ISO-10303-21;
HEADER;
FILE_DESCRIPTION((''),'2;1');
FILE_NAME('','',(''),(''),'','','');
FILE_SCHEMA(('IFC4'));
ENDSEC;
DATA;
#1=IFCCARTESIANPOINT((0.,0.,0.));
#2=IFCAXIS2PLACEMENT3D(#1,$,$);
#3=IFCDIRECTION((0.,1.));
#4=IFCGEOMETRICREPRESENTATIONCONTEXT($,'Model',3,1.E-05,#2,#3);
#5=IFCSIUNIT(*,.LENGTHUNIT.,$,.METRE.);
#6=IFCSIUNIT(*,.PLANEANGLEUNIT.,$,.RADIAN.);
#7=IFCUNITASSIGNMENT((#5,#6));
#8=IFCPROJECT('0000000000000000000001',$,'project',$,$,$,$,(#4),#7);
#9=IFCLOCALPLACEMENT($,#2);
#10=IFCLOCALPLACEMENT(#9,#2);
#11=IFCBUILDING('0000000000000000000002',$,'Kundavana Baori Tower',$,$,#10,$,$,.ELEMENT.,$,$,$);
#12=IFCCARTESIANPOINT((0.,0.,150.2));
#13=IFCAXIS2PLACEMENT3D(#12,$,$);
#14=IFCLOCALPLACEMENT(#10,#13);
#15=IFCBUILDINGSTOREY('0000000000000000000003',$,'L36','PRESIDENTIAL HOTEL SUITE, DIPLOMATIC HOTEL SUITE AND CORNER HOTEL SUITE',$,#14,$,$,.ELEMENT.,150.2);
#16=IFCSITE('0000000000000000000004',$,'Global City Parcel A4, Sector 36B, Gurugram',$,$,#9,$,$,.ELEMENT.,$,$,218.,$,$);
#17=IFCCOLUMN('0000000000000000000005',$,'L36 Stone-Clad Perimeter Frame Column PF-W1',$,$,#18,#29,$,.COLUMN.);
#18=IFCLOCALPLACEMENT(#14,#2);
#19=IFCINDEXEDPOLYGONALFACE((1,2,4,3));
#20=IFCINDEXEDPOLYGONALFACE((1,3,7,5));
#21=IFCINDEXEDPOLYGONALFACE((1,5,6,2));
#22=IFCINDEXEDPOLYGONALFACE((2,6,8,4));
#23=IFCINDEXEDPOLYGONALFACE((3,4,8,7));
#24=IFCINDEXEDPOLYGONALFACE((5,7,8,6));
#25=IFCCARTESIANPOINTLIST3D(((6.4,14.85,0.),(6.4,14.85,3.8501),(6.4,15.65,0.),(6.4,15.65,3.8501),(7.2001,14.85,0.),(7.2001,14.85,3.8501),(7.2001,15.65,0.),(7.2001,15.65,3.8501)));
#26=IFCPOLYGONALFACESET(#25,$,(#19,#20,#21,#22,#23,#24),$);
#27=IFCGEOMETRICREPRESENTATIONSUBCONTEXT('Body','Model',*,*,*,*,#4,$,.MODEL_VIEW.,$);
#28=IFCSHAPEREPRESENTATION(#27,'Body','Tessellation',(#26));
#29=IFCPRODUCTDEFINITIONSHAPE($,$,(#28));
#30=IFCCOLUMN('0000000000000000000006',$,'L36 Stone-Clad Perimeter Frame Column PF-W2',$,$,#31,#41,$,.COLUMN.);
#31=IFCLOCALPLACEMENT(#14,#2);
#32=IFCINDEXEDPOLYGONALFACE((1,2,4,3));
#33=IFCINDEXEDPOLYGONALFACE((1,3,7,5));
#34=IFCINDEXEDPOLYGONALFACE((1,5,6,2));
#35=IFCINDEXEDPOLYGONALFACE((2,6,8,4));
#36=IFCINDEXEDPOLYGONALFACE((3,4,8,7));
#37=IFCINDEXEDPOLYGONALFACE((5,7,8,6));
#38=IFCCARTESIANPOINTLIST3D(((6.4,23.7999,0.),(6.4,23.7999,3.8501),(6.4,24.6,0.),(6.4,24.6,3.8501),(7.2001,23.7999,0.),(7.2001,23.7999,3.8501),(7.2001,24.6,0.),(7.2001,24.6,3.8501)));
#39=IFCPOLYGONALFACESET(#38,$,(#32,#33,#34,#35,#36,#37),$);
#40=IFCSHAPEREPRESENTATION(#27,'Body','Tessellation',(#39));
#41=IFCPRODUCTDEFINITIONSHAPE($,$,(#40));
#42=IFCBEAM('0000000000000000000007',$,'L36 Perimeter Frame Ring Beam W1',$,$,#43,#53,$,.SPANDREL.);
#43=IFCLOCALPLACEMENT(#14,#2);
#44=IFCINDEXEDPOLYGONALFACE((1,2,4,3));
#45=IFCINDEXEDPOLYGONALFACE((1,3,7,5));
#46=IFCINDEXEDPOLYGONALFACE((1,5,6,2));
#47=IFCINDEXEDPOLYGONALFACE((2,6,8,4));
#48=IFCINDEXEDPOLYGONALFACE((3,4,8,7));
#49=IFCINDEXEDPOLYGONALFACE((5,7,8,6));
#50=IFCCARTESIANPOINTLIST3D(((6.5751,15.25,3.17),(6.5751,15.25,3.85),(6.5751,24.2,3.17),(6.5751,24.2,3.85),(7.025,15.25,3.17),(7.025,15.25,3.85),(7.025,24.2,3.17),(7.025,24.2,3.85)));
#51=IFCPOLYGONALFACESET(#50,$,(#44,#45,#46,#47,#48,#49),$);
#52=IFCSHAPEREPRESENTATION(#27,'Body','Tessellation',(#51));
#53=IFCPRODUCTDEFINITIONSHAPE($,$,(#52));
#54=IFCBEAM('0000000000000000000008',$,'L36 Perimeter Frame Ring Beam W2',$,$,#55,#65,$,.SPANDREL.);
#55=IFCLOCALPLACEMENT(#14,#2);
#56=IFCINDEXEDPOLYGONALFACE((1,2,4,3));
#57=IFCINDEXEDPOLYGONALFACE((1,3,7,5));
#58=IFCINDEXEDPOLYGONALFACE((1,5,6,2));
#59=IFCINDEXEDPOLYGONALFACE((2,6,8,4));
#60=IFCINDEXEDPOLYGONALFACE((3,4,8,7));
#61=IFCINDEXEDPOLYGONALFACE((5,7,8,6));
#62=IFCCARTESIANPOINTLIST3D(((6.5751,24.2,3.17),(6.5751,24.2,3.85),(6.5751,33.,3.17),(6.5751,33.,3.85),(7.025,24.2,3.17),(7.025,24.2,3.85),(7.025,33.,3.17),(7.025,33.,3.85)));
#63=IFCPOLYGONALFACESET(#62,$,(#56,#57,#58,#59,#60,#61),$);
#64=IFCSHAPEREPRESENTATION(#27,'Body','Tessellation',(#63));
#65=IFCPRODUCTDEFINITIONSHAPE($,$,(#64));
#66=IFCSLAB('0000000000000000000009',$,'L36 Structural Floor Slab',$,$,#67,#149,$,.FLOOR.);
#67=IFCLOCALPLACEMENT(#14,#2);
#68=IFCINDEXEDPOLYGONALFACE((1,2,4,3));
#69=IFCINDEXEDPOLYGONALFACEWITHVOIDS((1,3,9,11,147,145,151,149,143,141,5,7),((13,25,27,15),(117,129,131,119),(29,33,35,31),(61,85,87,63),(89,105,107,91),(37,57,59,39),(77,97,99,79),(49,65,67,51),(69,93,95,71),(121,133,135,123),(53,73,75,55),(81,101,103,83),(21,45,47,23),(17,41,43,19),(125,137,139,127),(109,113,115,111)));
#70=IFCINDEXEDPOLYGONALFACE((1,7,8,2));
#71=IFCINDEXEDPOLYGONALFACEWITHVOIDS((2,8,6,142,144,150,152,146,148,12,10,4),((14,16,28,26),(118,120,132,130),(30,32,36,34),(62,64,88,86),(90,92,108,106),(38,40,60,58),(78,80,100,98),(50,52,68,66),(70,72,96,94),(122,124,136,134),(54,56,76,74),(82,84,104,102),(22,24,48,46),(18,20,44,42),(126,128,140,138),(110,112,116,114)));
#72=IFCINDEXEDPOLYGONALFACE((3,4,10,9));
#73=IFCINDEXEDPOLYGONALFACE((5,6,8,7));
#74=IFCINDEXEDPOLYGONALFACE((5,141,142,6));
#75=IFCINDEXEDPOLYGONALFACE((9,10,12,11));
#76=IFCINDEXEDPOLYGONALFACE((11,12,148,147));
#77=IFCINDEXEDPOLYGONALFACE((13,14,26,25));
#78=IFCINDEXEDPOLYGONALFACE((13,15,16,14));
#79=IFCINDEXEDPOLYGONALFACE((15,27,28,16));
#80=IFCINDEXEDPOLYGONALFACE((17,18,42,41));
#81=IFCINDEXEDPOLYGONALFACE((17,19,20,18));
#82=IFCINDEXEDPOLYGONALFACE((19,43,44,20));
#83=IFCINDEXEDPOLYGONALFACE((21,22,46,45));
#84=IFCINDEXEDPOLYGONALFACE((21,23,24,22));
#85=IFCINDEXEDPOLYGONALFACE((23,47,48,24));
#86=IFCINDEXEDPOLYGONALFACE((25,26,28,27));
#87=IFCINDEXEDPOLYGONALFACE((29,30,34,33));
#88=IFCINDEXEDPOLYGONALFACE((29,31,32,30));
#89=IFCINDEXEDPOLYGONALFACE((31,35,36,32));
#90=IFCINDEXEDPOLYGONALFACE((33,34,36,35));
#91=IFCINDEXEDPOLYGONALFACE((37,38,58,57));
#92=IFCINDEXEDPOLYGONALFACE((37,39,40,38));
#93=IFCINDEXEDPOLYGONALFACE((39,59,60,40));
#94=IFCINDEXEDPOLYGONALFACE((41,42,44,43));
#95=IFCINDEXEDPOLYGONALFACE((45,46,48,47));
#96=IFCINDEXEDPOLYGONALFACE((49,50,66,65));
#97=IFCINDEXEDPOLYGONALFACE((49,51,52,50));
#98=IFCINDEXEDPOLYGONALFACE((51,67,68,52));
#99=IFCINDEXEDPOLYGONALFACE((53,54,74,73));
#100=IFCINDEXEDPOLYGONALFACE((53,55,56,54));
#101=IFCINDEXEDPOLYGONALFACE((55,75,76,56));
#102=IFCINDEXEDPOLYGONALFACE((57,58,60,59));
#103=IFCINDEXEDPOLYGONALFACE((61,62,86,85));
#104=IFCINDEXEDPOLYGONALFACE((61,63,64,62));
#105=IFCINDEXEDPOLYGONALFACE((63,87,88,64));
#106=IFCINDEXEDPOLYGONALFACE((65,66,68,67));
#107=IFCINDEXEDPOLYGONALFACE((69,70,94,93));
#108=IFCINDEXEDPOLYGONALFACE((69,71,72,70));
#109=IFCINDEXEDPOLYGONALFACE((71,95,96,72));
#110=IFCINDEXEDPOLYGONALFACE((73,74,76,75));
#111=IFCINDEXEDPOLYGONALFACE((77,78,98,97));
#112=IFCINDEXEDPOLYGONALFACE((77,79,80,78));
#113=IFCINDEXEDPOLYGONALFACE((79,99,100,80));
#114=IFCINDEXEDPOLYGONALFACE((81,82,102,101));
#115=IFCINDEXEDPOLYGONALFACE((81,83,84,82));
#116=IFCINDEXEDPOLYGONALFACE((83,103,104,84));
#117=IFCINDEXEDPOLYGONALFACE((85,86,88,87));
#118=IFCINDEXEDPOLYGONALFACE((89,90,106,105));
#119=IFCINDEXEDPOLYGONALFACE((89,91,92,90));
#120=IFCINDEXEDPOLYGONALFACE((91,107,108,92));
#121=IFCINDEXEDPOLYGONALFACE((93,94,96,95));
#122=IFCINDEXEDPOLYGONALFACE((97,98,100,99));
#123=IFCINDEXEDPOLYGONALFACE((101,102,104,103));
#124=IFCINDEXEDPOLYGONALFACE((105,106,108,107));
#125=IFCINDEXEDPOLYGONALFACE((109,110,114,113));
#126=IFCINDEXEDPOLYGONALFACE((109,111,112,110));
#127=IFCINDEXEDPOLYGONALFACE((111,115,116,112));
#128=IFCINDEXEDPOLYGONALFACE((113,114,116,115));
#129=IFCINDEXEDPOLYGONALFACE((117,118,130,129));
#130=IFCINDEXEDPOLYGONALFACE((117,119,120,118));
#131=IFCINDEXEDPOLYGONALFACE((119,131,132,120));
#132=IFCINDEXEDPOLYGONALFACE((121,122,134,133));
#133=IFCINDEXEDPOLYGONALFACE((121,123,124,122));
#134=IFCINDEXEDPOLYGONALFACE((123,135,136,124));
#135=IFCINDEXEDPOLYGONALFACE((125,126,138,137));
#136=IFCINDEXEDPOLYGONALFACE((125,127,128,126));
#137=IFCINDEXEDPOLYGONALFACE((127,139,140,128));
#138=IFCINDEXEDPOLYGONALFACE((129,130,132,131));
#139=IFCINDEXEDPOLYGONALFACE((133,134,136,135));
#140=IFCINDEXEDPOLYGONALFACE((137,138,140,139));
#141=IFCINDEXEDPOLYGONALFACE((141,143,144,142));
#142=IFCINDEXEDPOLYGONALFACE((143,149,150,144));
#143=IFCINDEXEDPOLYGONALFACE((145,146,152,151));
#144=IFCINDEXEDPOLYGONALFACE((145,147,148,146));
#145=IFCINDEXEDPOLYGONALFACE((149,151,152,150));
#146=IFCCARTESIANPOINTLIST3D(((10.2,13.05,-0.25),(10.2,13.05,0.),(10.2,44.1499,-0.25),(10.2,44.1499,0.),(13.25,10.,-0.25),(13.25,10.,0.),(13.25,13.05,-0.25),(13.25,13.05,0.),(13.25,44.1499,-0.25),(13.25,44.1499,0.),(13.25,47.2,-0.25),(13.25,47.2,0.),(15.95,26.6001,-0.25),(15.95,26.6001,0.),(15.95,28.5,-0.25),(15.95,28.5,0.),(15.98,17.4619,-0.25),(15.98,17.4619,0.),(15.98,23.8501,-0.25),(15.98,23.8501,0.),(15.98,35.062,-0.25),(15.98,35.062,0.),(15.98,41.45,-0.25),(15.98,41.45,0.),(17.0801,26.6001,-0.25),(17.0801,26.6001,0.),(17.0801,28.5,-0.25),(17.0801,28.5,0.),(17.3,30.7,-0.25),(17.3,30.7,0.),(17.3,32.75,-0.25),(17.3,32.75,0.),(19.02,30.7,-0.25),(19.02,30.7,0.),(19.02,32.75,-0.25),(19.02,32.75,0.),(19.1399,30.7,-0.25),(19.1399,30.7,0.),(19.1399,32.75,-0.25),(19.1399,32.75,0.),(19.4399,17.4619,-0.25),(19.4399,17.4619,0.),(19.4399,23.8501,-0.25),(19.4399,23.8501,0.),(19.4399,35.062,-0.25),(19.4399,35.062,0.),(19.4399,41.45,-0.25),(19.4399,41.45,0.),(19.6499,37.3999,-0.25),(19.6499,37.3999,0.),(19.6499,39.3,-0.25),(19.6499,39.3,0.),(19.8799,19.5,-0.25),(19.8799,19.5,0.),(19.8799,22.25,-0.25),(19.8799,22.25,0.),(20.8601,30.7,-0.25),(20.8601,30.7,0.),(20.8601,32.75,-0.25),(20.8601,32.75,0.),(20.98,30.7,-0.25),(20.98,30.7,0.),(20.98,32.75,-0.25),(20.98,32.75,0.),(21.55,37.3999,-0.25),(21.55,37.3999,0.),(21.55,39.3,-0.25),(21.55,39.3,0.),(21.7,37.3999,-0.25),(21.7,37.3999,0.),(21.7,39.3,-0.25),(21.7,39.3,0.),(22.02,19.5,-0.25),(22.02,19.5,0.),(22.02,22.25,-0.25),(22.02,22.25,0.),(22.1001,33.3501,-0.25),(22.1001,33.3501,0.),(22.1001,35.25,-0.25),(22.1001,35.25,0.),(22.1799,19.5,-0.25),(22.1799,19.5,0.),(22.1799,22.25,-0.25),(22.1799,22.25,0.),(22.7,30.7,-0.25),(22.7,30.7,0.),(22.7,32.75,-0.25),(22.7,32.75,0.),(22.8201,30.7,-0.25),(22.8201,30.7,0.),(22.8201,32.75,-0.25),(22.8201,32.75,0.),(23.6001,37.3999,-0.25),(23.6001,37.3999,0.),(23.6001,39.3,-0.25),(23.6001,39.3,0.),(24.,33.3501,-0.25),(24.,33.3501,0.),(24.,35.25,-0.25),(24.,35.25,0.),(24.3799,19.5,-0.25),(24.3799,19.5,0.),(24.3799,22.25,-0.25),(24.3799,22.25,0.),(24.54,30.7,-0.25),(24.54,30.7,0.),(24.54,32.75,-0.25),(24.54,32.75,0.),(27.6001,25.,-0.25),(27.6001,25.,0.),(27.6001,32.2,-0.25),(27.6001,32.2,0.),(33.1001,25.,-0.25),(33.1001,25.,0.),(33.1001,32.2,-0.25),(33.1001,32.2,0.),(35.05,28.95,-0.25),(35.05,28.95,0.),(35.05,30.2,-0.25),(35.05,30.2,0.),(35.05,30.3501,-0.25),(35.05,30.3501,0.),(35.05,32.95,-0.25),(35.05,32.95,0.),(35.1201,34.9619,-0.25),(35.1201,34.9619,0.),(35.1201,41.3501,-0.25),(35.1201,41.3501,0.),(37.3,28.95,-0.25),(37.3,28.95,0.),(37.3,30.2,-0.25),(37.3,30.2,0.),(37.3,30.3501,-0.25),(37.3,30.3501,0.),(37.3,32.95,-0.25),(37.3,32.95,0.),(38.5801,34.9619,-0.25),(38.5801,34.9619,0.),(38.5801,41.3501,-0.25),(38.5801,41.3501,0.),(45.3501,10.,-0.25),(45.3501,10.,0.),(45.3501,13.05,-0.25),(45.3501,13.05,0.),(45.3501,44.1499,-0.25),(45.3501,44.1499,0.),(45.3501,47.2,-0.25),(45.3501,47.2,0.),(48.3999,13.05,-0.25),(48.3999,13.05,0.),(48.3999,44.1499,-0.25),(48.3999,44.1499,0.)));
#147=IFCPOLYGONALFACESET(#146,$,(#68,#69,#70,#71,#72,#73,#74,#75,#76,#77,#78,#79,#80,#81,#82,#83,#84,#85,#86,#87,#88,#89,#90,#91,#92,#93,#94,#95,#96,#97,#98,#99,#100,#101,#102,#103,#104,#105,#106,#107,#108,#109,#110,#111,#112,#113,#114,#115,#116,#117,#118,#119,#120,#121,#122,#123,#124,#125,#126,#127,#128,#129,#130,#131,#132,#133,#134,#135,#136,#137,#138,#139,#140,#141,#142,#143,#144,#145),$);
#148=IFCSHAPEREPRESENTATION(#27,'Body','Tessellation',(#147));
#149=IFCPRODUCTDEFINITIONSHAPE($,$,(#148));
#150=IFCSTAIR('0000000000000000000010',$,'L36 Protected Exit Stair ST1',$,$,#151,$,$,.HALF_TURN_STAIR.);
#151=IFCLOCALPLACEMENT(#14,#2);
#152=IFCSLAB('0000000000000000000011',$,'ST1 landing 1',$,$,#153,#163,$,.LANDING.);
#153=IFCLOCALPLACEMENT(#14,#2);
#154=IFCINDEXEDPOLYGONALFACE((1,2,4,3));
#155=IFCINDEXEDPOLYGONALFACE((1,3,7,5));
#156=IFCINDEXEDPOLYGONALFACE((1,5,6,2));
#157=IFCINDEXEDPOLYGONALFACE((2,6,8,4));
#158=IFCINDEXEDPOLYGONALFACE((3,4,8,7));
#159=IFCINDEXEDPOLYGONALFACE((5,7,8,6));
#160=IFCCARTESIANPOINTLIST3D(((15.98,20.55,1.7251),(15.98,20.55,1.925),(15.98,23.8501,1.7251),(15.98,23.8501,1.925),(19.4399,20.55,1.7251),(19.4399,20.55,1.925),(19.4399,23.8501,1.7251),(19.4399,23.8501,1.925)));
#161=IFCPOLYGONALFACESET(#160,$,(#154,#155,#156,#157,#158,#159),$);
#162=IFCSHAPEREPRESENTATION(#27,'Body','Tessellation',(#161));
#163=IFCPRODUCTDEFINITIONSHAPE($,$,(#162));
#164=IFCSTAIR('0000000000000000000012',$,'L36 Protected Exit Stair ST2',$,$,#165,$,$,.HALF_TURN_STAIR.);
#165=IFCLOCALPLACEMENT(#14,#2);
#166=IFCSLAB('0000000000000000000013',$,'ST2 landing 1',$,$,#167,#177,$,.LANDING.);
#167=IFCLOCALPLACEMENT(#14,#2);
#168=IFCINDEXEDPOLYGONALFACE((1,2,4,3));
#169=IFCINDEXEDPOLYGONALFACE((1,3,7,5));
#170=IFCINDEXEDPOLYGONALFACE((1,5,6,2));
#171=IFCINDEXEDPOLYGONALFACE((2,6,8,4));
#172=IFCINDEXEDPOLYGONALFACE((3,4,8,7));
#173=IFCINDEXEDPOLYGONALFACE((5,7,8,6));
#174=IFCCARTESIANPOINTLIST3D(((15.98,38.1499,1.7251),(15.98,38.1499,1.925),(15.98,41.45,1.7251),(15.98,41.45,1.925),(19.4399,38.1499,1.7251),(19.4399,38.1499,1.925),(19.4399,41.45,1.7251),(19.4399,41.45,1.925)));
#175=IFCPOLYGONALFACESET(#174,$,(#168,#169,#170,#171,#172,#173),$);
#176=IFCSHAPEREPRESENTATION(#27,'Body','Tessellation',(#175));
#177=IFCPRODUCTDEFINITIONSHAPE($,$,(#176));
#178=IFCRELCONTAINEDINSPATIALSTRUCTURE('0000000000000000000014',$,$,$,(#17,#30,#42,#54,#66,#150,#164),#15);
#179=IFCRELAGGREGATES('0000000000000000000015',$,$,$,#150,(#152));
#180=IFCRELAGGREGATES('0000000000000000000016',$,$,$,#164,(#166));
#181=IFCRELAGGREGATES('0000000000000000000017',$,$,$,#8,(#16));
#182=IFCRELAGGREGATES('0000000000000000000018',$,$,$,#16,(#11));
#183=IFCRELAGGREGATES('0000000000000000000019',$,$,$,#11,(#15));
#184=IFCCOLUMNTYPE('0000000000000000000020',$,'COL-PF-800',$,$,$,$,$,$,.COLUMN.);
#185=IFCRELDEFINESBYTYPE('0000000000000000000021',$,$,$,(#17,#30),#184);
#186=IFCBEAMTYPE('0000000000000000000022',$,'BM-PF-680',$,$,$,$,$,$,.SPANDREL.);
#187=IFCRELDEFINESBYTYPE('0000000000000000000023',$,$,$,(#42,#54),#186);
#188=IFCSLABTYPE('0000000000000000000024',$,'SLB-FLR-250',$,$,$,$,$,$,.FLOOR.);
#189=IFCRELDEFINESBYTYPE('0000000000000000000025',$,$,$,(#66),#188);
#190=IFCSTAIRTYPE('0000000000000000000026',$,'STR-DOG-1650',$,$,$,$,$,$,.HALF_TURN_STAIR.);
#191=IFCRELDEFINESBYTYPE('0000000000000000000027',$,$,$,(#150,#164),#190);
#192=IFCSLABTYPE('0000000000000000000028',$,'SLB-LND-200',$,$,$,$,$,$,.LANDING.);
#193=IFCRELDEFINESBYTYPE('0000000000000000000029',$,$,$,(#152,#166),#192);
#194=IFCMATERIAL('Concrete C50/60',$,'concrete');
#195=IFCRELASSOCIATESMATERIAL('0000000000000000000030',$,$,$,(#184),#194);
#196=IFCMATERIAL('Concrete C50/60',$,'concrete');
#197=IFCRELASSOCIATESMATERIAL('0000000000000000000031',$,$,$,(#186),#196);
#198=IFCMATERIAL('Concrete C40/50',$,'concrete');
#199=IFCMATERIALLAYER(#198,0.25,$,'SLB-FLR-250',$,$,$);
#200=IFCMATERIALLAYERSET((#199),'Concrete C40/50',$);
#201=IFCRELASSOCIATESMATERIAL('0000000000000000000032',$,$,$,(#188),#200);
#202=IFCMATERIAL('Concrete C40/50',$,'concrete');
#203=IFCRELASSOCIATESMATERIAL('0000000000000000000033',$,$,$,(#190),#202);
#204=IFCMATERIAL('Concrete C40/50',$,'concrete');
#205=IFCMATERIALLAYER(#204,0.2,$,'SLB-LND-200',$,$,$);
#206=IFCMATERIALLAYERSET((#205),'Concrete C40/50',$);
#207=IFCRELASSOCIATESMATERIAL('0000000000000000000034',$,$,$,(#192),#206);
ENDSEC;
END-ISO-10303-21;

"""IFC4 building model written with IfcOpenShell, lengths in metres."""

from ifc_helpers import new_model, si_unit, direction, frame, origin, origin_2d, place, context, subcontext, project, spatial, polyline, rectangle, outline, extrude, material, layer, layer_set, material_profile, profile_set, type_object, element, aggregate, save


model = new_model("IFC4")

# Units and contexts
model_context = context("Model", 3, precision=1e-05, world=origin(), true_north=direction((0.0, 1.0)))
body_context = subcontext(model_context, "Body", "Model", "MODEL_VIEW")
ifc_project = project(units=[si_unit("LENGTHUNIT", "METRE"), si_unit("PLANEANGLEUNIT", "RADIAN")], contexts=[model_context])

# Site, building, storey
site_placement = place(None, origin())
site = spatial("IfcSite", under=ifc_project, at=site_placement, Name="Global City Parcel A4, Sector 36B, Gurugram", CompositionType="ELEMENT", RefElevation=218.0)
building_placement = place(site_placement, origin())
building = spatial("IfcBuilding", under=site, at=building_placement, Name="Kundavana Baori Tower", CompositionType="ELEMENT")
storey_placement = place(building_placement, frame((0.0, 0.0, 150.2)))
storey = spatial("IfcBuildingStorey", under=building, at=storey_placement, Name="L36", Description="PRESIDENTIAL HOTEL SUITE, DIPLOMATIC HOTEL SUITE AND CORNER HOTEL SUITE", CompositionType="ELEMENT", Elevation=150.2)

# Columns
ifc_material_1 = material(Name="Concrete C50/60", Category="concrete")
ifc_material_profile_1 = material_profile(ifc_material_1, rectangle(XDim=0.8, YDim=0.8, at=origin_2d()), Name="RC PF 800x800")
ifc_profile_set_1 = profile_set([ifc_material_profile_1], Name="Concrete C50/60")
column_type = type_object("IfcColumnType", Name="COL-PF-800", PredefinedType="COLUMN", material=ifc_profile_set_1)
for number, where, z_axis, x_axis, name in (
    (1, (6.8, 15.25, 0.0), (0.0, 0.0, 1.0), (1.0, 0.0, 0.0), "L36 Stone-Clad Perimeter Frame Column PF-W1"),
    (2, (6.8, 24.2, 0.0), (0.0, 0.0, 1.0), (1.0, 0.0, 0.0), "L36 Stone-Clad Perimeter Frame Column PF-W2"),
):
    element("IfcColumn", number, at=place(storey_placement, frame(where, z_axis=z_axis, x_axis=x_axis)), inside=storey, type_object=column_type, Name=name, PredefinedType="COLUMN", context=body_context, shape_type="SweptSolid", body=[
        extrude(rectangle(XDim=0.8, YDim=0.8, at=origin_2d()), origin(), (0.0, 0.0, 1.0), 3.8501),
    ])

# Beams
ifc_material_2 = material(Name="Concrete C50/60", Category="concrete")
ifc_material_profile_2 = material_profile(ifc_material_2, rectangle(XDim=0.45, YDim=0.6799, at=origin_2d()), Name="RC BM 450x680")
ifc_profile_set_2 = profile_set([ifc_material_profile_2], Name="Concrete C50/60")
beam_type = type_object("IfcBeamType", Name="BM-PF-680", PredefinedType="SPANDREL", material=ifc_profile_set_2)
beam_1_placement = place(storey_placement, frame((6.8, 15.25, 3.51), z_axis=(0.0, 1.0, 0.0), x_axis=(-1.0, 0.0, 0.0)))
element("IfcBeam", 3, at=beam_1_placement, inside=storey, type_object=beam_type, Name="L36 Perimeter Frame Ring Beam W1", PredefinedType="SPANDREL", context=body_context, shape_type="SweptSolid", body=[
    extrude(rectangle(XDim=0.45, YDim=0.6799, at=origin_2d()), origin(), (0.0, 0.0, 1.0), 8.95),
])
beam_2_placement = place(storey_placement, frame((6.8, 24.2, 3.51), z_axis=(0.0, 1.0, 0.0), x_axis=(-1.0, 0.0, 0.0)))
element("IfcBeam", 4, at=beam_2_placement, inside=storey, type_object=beam_type, Name="L36 Perimeter Frame Ring Beam W2", PredefinedType="SPANDREL", context=body_context, shape_type="SweptSolid", body=[
    extrude(rectangle(XDim=0.45, YDim=0.6799, at=origin_2d()), origin(), (0.0, 0.0, 1.0), 8.8),
])

# Slab
ifc_material_3 = material(Name="Concrete C40/50", Category="concrete")
ifc_layer_1 = layer(ifc_material_3, 0.25, Name="SLB-FLR-250")
ifc_layer_set_1 = layer_set([ifc_layer_1], Name="Concrete C40/50")
slab_type_1 = type_object("IfcSlabType", Name="SLB-FLR-250", PredefinedType="FLOOR", material=ifc_layer_set_1)
slab_1_placement = place(storey_placement, frame((0.0, 0.0, -0.25)))
element("IfcSlab", 5, at=slab_1_placement, inside=storey, type_object=slab_type_1, Name="L36 Structural Floor Slab", PredefinedType="FLOOR", context=body_context, shape_type="SweptSolid", body=[
    extrude(outline(polyline([(13.25, 10.0), (45.3501, 10.0), (45.3501, 13.05), (48.3999, 13.05), (48.3999, 44.1499), (45.3501, 44.1499), (45.3501, 47.2), (13.25, 47.2), (13.25, 44.1499), (10.2, 44.1499), (10.2, 13.05), (13.25, 13.05), (13.25, 10.0)]), holes=[polyline([(19.4399, 17.4619), (19.4399, 23.8501), (15.98, 23.8501), (15.98, 17.4619), (19.4399, 17.4619)]), polyline([(19.4399, 35.062), (19.4399, 41.45), (15.98, 41.45), (15.98, 35.062), (19.4399, 35.062)]), polyline([(38.5801, 34.9619), (38.5801, 41.3501), (35.1201, 41.3501), (35.1201, 34.9619), (38.5801, 34.9619)]), polyline([(17.3, 30.7), (19.02, 30.7), (19.02, 32.75), (17.3, 32.75), (17.3, 30.7)]), polyline([(19.1399, 30.7), (20.8601, 30.7), (20.8601, 32.75), (19.1399, 32.75), (19.1399, 30.7)]), polyline([(20.98, 30.7), (22.7, 30.7), (22.7, 32.75), (20.98, 32.75), (20.98, 30.7)]), polyline([(22.8201, 30.7), (24.54, 30.7), (24.54, 32.75), (22.8201, 32.75), (22.8201, 30.7)]), polyline([(19.6499, 37.3999), (21.55, 37.3999), (21.55, 39.3), (19.6499, 39.3), (19.6499, 37.3999)]), polyline([(21.7, 37.3999), (23.6001, 37.3999), (23.6001, 39.3), (21.7, 39.3), (21.7, 37.3999)]), polyline([(22.1001, 33.3501), (24.0, 33.3501), (24.0, 35.25), (22.1001, 35.25), (22.1001, 33.3501)]), polyline([(19.8799, 19.5), (22.02, 19.5), (22.02, 22.25), (19.8799, 22.25), (19.8799, 19.5)]), polyline([(22.1799, 19.5), (24.3799, 19.5), (24.3799, 22.25), (22.1799, 22.25), (22.1799, 19.5)]), polyline([(35.05, 30.3501), (37.3, 30.3501), (37.3, 32.95), (35.05, 32.95), (35.05, 30.3501)]), polyline([(15.95, 26.6001), (17.0801, 26.6001), (17.0801, 28.5), (15.95, 28.5), (15.95, 26.6001)]), polyline([(35.05, 28.95), (37.3, 28.95), (37.3, 30.2), (35.05, 30.2), (35.05, 28.95)]), polyline([(27.6001, 25.0), (33.1001, 25.0), (33.1001, 32.2), (27.6001, 32.2), (27.6001, 25.0)])]), origin(), (0.0, 0.0, 1.0), 0.25),
])

# Stairs, slabs
ifc_material_4 = material(Name="Concrete C40/50", Category="concrete")
stair_type = type_object("IfcStairType", Name="STR-DOG-1650", PredefinedType="HALF_TURN_STAIR", material=ifc_material_4)
stair_1_placement = place(storey_placement, origin())
stair_1 = element("IfcStair", 6, at=stair_1_placement, inside=storey, type_object=stair_type, Name="L36 Protected Exit Stair ST1", PredefinedType="HALF_TURN_STAIR")
ifc_material_5 = material(Name="Concrete C40/50", Category="concrete")
ifc_layer_2 = layer(ifc_material_5, 0.2, Name="SLB-LND-200")
ifc_layer_set_2 = layer_set([ifc_layer_2], Name="Concrete C40/50")
slab_type_2 = type_object("IfcSlabType", Name="SLB-LND-200", PredefinedType="LANDING", material=ifc_layer_set_2)
slab_2_placement = place(storey_placement, frame((0.0, 0.0, 1.7251)))
slab_2 = element("IfcSlab", 7, at=slab_2_placement, type_object=slab_type_2, Name="ST1 landing 1", PredefinedType="LANDING", context=body_context, shape_type="SweptSolid", body=[
    extrude(outline(polyline([(19.4399, 20.55), (19.4399, 23.8501), (15.98, 23.8501), (15.98, 20.55), (19.4399, 20.55)])), origin(), (0.0, 0.0, 1.0), 0.2),
])
aggregate(stair_1, [slab_2])
stair_2_placement = place(storey_placement, origin())
stair_2 = element("IfcStair", 8, at=stair_2_placement, inside=storey, type_object=stair_type, Name="L36 Protected Exit Stair ST2", PredefinedType="HALF_TURN_STAIR")
slab_3_placement = place(storey_placement, frame((0.0, 0.0, 1.7251)))
slab_3 = element("IfcSlab", 9, at=slab_3_placement, type_object=slab_type_2, Name="ST2 landing 1", PredefinedType="LANDING", context=body_context, shape_type="SweptSolid", body=[
    extrude(outline(polyline([(19.4399, 38.1499), (19.4399, 41.45), (15.98, 41.45), (15.98, 38.1499), (19.4399, 38.1499)])), origin(), (0.0, 0.0, 1.0), 0.2),
])
aggregate(stair_2, [slab_3])

save(model, "model.ifc")
